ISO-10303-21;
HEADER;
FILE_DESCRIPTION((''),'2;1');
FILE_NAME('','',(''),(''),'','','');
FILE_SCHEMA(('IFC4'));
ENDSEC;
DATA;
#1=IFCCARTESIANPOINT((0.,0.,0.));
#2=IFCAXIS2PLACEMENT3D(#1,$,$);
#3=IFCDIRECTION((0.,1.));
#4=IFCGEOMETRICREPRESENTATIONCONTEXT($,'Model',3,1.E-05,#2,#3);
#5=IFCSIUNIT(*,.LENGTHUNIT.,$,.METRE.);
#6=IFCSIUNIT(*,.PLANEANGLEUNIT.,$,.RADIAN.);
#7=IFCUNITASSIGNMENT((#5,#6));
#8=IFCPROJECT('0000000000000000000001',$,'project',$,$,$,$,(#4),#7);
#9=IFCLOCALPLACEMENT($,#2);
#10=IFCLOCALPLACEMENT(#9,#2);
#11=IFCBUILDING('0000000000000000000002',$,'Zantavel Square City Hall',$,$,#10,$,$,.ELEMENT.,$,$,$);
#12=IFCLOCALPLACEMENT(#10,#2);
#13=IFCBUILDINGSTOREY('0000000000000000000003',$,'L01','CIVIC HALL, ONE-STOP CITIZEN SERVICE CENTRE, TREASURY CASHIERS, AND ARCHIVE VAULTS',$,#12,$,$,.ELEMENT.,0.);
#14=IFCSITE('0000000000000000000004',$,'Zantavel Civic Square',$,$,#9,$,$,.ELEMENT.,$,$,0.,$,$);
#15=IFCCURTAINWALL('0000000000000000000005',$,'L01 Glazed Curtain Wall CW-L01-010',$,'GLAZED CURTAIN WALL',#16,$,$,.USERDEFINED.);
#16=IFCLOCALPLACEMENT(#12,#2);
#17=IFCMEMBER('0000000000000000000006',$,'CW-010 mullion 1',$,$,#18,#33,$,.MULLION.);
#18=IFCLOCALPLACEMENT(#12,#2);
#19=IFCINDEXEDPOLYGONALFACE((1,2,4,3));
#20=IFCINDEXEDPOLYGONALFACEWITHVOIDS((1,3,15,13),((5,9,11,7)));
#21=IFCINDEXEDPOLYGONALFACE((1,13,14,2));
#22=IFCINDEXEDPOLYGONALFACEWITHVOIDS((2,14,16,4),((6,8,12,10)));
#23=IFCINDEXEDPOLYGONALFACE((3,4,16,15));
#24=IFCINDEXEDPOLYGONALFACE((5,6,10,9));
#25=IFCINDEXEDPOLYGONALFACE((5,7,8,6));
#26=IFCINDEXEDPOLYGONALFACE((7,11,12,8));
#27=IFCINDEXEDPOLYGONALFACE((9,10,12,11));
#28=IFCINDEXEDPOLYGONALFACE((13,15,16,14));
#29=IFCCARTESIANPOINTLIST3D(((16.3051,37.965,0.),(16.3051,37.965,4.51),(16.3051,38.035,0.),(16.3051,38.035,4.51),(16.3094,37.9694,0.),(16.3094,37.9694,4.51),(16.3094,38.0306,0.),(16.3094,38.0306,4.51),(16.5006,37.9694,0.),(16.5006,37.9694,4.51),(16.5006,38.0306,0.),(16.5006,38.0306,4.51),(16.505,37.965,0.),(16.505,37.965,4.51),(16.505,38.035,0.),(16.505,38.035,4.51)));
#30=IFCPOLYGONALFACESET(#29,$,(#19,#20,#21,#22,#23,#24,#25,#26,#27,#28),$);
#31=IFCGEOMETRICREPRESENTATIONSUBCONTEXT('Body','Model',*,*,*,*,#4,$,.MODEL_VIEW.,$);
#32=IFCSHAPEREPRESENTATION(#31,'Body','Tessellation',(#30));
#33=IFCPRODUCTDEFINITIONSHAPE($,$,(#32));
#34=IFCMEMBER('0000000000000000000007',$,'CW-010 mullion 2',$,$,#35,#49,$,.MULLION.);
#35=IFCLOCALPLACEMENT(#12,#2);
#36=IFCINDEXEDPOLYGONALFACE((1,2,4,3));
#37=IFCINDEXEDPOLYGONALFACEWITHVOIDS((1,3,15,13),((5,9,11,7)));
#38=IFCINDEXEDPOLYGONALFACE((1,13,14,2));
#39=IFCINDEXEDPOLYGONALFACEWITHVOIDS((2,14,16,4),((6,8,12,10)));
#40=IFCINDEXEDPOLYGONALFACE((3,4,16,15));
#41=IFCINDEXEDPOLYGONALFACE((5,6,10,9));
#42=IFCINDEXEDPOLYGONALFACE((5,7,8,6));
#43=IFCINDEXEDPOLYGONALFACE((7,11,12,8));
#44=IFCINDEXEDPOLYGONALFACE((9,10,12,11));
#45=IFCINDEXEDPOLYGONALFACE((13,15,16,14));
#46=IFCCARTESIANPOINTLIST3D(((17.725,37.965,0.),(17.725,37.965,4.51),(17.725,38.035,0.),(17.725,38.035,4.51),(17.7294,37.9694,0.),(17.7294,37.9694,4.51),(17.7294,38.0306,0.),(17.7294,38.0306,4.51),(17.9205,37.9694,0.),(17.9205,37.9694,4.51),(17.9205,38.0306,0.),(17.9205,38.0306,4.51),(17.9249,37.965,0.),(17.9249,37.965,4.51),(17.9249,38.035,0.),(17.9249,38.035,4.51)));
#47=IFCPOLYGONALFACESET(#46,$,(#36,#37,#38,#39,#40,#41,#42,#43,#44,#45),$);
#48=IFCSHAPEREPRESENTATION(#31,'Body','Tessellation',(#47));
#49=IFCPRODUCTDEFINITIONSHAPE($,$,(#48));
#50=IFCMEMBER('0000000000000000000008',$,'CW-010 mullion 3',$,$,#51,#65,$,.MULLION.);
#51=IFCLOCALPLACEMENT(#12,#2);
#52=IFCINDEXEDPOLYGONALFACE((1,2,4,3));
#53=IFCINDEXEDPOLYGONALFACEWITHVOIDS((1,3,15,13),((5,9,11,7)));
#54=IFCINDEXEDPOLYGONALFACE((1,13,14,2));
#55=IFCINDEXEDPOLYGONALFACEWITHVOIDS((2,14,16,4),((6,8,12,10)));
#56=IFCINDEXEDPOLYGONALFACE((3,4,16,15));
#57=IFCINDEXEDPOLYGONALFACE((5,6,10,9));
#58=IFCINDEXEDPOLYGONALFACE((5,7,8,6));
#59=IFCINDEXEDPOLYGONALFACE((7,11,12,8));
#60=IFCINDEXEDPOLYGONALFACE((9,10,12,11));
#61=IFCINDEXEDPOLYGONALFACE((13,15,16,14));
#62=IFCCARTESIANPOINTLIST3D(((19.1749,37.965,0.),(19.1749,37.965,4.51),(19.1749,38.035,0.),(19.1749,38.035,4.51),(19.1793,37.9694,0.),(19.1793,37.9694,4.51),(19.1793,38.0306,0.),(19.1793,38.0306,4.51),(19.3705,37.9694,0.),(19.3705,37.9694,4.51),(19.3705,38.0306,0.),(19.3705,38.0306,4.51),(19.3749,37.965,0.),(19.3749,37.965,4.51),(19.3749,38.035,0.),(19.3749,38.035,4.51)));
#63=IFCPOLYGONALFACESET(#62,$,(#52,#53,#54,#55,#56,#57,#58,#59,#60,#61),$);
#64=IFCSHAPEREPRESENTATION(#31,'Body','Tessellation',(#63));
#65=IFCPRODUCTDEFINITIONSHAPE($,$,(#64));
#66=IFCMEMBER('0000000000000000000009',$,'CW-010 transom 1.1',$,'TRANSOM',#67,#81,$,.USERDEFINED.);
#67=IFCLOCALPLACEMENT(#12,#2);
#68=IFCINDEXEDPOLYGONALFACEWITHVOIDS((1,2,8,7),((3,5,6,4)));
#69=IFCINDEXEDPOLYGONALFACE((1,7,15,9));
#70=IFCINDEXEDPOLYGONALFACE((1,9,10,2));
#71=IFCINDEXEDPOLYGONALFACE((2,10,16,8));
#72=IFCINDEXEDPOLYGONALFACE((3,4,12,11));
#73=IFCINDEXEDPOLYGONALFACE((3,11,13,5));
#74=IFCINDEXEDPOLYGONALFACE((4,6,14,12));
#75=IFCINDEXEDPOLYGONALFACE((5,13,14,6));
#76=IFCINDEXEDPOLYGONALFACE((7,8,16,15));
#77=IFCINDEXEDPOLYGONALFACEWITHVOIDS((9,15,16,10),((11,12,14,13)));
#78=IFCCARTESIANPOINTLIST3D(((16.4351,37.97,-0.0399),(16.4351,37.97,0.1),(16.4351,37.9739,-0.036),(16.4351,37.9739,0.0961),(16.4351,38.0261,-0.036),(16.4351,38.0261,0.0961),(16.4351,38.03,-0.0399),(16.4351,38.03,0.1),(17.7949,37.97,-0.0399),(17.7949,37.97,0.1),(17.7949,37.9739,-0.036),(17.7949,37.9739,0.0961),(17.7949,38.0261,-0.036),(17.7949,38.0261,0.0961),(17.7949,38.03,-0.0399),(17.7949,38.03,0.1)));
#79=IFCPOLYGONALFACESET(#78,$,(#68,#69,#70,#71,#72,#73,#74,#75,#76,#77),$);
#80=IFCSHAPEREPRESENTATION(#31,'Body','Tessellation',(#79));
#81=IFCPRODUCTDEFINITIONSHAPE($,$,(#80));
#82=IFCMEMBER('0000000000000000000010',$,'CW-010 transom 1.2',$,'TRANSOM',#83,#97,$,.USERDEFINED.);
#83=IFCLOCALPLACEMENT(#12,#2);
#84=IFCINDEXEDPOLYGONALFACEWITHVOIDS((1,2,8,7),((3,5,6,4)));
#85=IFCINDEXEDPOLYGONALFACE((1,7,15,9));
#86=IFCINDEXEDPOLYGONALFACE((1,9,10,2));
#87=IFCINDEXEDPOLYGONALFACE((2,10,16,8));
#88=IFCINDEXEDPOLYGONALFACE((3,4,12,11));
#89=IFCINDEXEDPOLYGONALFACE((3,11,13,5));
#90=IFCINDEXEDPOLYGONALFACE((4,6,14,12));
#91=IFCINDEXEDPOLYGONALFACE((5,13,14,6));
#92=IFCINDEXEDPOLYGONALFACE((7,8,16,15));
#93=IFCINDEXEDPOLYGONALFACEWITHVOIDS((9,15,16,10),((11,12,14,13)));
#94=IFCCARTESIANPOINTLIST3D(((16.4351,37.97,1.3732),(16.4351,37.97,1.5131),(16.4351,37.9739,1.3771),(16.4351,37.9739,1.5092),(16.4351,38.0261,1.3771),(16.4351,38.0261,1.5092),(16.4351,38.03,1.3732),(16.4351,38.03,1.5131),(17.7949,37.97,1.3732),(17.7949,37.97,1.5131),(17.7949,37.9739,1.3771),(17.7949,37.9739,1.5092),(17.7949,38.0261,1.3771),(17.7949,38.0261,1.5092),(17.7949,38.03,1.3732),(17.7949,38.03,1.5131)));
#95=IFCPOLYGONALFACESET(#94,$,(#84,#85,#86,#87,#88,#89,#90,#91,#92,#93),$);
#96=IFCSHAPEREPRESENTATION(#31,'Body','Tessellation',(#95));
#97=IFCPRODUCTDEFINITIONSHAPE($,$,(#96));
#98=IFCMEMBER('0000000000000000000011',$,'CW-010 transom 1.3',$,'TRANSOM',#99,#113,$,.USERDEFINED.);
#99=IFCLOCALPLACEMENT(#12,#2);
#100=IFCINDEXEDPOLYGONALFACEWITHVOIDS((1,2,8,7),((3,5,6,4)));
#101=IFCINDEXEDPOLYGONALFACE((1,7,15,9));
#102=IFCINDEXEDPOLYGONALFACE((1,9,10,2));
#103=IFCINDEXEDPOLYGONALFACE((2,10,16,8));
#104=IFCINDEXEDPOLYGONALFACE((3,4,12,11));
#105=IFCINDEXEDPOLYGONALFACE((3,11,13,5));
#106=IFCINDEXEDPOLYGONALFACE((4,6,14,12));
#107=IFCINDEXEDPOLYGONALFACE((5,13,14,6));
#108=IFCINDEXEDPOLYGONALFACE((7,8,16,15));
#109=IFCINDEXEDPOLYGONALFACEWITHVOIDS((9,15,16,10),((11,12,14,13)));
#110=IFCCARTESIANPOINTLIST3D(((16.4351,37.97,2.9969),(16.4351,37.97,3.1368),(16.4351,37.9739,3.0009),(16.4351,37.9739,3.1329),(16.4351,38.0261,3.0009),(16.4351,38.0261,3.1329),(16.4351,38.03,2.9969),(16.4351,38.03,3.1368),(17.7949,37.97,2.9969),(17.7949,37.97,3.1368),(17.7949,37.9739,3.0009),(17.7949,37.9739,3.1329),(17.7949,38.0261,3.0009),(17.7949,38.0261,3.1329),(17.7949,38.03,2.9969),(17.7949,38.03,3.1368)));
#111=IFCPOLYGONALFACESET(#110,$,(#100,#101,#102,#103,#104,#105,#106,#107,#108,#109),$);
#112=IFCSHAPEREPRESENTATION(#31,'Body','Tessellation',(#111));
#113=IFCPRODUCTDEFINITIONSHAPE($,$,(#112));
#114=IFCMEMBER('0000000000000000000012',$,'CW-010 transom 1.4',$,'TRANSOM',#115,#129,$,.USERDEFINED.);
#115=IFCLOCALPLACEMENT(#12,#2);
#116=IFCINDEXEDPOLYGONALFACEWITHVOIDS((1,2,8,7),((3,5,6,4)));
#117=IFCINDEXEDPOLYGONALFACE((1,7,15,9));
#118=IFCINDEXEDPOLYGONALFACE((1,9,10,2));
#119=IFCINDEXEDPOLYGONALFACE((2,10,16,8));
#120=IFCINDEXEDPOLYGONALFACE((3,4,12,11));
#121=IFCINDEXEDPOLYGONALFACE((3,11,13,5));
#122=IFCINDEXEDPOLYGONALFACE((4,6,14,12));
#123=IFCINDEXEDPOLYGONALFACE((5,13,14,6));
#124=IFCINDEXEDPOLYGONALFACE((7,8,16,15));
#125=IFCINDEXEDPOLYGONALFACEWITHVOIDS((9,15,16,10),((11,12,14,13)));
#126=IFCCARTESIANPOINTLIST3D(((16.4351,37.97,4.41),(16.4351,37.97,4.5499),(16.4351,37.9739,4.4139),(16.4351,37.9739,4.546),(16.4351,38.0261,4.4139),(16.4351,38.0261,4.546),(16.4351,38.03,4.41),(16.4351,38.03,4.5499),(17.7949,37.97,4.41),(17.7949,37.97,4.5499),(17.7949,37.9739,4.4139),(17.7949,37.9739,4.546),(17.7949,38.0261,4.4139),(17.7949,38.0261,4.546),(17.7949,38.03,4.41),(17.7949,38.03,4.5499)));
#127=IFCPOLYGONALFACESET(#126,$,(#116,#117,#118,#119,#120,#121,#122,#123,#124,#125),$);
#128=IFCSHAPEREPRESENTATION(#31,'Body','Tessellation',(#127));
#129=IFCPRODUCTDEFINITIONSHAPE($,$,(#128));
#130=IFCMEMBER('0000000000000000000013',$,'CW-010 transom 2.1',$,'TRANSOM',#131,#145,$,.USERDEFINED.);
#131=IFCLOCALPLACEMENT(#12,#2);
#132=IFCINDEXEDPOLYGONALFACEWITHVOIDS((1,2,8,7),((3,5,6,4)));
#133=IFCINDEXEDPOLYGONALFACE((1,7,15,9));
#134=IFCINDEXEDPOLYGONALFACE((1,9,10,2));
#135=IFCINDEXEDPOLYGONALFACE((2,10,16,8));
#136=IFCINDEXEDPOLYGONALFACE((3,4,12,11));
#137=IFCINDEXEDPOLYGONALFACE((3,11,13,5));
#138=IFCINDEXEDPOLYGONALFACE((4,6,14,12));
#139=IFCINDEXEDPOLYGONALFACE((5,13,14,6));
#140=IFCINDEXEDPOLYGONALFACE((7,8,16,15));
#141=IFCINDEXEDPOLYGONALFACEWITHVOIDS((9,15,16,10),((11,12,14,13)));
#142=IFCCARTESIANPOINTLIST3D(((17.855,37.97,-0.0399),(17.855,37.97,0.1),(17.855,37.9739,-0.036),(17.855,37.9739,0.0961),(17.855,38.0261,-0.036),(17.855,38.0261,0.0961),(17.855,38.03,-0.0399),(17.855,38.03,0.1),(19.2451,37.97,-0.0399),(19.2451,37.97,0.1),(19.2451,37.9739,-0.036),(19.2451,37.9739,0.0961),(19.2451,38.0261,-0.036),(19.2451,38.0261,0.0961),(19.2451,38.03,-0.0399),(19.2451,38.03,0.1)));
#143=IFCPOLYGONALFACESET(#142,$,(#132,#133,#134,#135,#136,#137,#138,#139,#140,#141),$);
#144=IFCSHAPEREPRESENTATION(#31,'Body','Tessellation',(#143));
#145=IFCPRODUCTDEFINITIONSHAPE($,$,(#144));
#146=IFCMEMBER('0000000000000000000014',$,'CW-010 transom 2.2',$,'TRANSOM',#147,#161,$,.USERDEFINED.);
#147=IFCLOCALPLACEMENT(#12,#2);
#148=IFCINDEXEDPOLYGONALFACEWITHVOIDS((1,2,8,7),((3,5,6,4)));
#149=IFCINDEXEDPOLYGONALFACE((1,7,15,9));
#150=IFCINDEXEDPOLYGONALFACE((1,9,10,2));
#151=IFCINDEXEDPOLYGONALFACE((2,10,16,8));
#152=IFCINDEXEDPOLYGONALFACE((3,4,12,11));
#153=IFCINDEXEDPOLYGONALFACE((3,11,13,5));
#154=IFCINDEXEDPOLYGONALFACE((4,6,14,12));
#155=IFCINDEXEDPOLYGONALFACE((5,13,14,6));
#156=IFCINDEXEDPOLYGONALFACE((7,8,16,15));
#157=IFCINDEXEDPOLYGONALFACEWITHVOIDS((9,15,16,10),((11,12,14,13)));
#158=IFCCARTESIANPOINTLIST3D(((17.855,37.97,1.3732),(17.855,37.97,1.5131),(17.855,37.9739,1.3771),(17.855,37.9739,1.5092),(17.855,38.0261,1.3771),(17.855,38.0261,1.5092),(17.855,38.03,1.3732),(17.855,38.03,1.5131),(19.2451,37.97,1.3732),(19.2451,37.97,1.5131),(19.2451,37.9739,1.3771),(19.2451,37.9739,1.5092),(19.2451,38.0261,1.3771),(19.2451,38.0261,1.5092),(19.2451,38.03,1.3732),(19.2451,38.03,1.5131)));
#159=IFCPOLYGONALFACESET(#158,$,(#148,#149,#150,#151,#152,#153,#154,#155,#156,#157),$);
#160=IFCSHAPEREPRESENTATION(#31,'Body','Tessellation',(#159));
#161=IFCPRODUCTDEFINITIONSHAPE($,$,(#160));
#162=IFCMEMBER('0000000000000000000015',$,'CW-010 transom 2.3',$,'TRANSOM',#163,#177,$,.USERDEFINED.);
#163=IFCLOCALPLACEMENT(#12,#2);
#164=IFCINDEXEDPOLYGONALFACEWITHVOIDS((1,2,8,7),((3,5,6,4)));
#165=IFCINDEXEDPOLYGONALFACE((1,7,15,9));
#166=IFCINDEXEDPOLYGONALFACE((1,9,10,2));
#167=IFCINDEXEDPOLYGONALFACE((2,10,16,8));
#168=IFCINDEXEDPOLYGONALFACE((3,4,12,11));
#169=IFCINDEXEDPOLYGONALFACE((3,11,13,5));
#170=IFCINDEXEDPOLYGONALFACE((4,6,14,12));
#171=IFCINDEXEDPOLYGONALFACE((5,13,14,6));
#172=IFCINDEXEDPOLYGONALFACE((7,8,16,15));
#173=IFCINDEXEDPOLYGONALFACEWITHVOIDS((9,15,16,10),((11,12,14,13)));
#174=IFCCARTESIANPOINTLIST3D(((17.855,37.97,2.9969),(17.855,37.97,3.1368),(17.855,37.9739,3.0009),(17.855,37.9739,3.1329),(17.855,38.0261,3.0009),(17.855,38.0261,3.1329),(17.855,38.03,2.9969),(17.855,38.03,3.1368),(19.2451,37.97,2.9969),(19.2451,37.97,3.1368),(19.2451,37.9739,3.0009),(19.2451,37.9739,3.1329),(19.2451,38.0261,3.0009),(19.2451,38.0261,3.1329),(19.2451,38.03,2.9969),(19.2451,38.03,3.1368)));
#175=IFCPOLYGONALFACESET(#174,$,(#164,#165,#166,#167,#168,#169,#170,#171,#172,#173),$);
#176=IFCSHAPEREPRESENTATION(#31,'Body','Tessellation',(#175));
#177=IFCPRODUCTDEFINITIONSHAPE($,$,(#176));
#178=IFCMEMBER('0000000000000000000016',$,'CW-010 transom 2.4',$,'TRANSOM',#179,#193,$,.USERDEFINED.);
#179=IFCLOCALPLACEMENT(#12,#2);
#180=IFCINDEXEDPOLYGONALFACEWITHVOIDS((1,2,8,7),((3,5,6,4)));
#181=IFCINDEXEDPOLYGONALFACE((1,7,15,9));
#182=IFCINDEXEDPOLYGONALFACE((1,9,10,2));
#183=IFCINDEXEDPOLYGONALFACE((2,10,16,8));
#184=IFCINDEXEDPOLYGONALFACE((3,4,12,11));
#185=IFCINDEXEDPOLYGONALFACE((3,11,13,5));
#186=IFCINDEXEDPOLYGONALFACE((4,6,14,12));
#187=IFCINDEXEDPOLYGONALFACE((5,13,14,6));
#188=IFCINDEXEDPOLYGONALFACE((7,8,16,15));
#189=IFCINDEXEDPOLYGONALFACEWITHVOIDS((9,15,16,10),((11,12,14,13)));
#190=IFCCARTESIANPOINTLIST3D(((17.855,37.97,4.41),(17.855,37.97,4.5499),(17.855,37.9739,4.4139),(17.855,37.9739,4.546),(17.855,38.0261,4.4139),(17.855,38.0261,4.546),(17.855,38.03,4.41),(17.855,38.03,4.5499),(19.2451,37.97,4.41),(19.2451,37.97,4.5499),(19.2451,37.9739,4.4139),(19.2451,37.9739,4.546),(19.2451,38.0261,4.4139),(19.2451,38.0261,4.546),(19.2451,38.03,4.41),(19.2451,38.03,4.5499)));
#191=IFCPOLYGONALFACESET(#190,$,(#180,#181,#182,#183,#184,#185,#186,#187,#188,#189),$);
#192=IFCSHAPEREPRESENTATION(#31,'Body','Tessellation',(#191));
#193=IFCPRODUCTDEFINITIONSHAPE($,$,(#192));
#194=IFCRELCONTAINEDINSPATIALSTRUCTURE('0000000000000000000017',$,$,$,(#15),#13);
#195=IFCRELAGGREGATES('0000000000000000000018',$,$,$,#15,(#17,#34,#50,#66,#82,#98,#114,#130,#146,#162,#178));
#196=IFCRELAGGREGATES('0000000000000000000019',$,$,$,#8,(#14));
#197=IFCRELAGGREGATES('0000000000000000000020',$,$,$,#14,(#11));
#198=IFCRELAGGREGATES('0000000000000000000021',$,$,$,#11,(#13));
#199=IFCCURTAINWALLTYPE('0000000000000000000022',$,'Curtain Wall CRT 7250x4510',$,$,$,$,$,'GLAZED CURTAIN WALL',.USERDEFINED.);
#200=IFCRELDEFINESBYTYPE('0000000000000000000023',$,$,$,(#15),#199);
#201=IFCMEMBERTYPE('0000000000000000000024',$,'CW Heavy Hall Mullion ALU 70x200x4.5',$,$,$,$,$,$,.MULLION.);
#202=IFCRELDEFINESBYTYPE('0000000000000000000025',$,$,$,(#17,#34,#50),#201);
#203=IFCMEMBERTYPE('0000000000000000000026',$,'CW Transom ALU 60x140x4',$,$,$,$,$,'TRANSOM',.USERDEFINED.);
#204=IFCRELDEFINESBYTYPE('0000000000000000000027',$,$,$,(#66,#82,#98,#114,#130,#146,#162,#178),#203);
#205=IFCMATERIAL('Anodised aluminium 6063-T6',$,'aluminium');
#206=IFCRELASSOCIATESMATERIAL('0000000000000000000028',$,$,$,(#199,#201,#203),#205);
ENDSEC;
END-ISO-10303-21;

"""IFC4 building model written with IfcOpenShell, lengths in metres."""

from ifc_helpers import new_model, si_unit, direction, frame, origin, origin_2d, place, context, subcontext, project, spatial, hollow_rectangle, extrude, material, material_profile, profile_set, type_object, element, aggregate, save


model = new_model("IFC4")

# Units and contexts
model_context = context("Model", 3, precision=1e-05, world=origin(), true_north=direction((0.0, 1.0)))
body_context = subcontext(model_context, "Body", "Model", "MODEL_VIEW")
ifc_project = project(units=[si_unit("LENGTHUNIT", "METRE"), si_unit("PLANEANGLEUNIT", "RADIAN")], contexts=[model_context])

# Site, building, storey
site_placement = place(None, origin())
site = spatial("IfcSite", under=ifc_project, at=site_placement, Name="Zantavel Civic Square", CompositionType="ELEMENT", RefElevation=0.0)
building_placement = place(site_placement, origin())
building = spatial("IfcBuilding", under=site, at=building_placement, Name="Zantavel Square City Hall", CompositionType="ELEMENT")
storey_placement = place(building_placement, origin())
storey = spatial("IfcBuildingStorey", under=building, at=storey_placement, Name="L01", Description="CIVIC HALL, ONE-STOP CITIZEN SERVICE CENTRE, TREASURY CASHIERS, AND ARCHIVE VAULTS", CompositionType="ELEMENT", Elevation=0.0)

# Curtain wall, members
ifc_material_1 = material(Name="Anodised aluminium 6063-T6", Category="aluminium")
curtain_wall_type = type_object("IfcCurtainWallType", Name="Curtain Wall CRT 7250x4510", ElementType="GLAZED CURTAIN WALL", PredefinedType="USERDEFINED", material=ifc_material_1)
curtain_wall_placement = place(storey_placement, origin())
curtain_wall = element("IfcCurtainWall", 1, at=curtain_wall_placement, inside=storey, type_object=curtain_wall_type, Name="L01 Glazed Curtain Wall CW-L01-010", ObjectType="GLAZED CURTAIN WALL", PredefinedType="USERDEFINED")
ifc_material_profile_1 = material_profile(ifc_material_1, hollow_rectangle(XDim=0.0701, YDim=0.2, WallThickness=0.0044, at=origin_2d()), Name="ALU 70x200x4.5")
ifc_profile_set_1 = profile_set([ifc_material_profile_1], Name="Anodised aluminium 6063-T6")
member_type_1 = type_object("IfcMemberType", Name="CW Heavy Hall Mullion ALU 70x200x4.5", PredefinedType="MULLION", material=ifc_profile_set_1)
member_1_placement = place(storey_placement, frame((16.405, 38.0, 0.0), z_axis=(0.0, 0.0, 1.0), x_axis=(0.0, 1.0, 0.0)))
member_1 = element("IfcMember", 2, at=member_1_placement, type_object=member_type_1, Name="CW-010 mullion 1", PredefinedType="MULLION", context=body_context, shape_type="SweptSolid", body=[
    extrude(hollow_rectangle(XDim=0.0701, YDim=0.2, WallThickness=0.0044, at=origin_2d()), origin(), (0.0, 0.0, 1.0), 4.51),
])
member_2_placement = place(storey_placement, frame((17.825, 38.0, 0.0), z_axis=(0.0, 0.0, 1.0), x_axis=(0.0, 1.0, 0.0)))
member_2 = element("IfcMember", 3, at=member_2_placement, type_object=member_type_1, Name="CW-010 mullion 2", PredefinedType="MULLION", context=body_context, shape_type="SweptSolid", body=[
    extrude(hollow_rectangle(XDim=0.0701, YDim=0.2, WallThickness=0.0044, at=origin_2d()), origin(), (0.0, 0.0, 1.0), 4.51),
])
member_3_placement = place(storey_placement, frame((19.2749, 38.0, 0.0), z_axis=(0.0, 0.0, 1.0), x_axis=(0.0, 1.0, 0.0)))
member_3 = element("IfcMember", 4, at=member_3_placement, type_object=member_type_1, Name="CW-010 mullion 3", PredefinedType="MULLION", context=body_context, shape_type="SweptSolid", body=[
    extrude(hollow_rectangle(XDim=0.0701, YDim=0.2, WallThickness=0.0044, at=origin_2d()), origin(), (0.0, 0.0, 1.0), 4.51),
])
ifc_material_profile_2 = material_profile(ifc_material_1, hollow_rectangle(XDim=0.0601, YDim=0.1399, WallThickness=0.0039, at=origin_2d()), Name="ALU 60x140x4")
ifc_profile_set_2 = profile_set([ifc_material_profile_2], Name="Anodised aluminium 6063-T6")
member_type_2 = type_object("IfcMemberType", Name="CW Transom ALU 60x140x4", ElementType="TRANSOM", PredefinedType="USERDEFINED", material=ifc_profile_set_2)
member_4_placement = place(storey_placement, frame((16.4351, 38.0, 0.03), z_axis=(1.0, 0.0, 0.0), x_axis=(0.0, 1.0, 0.0)))
member_4 = element("IfcMember", 5, at=member_4_placement, type_object=member_type_2, Name="CW-010 transom 1.1", ObjectType="TRANSOM", PredefinedType="USERDEFINED", context=body_context, shape_type="SweptSolid", body=[
    extrude(hollow_rectangle(XDim=0.0601, YDim=0.1399, WallThickness=0.0039, at=origin_2d()), origin(), (0.0, 0.0, 1.0), 1.3599),
])
member_5_placement = place(storey_placement, frame((16.4351, 38.0, 1.4431), z_axis=(1.0, 0.0, 0.0), x_axis=(0.0, 1.0, 0.0)))
member_5 = element("IfcMember", 6, at=member_5_placement, type_object=member_type_2, Name="CW-010 transom 1.2", ObjectType="TRANSOM", PredefinedType="USERDEFINED", context=body_context, shape_type="SweptSolid", body=[
    extrude(hollow_rectangle(XDim=0.0601, YDim=0.1399, WallThickness=0.0039, at=origin_2d()), origin(), (0.0, 0.0, 1.0), 1.3599),
])
member_6_placement = place(storey_placement, frame((16.4351, 38.0, 3.0669), z_axis=(1.0, 0.0, 0.0), x_axis=(0.0, 1.0, 0.0)))
member_6 = element("IfcMember", 7, at=member_6_placement, type_object=member_type_2, Name="CW-010 transom 1.3", ObjectType="TRANSOM", PredefinedType="USERDEFINED", context=body_context, shape_type="SweptSolid", body=[
    extrude(hollow_rectangle(XDim=0.0601, YDim=0.1399, WallThickness=0.0039, at=origin_2d()), origin(), (0.0, 0.0, 1.0), 1.3599),
])
member_7_placement = place(storey_placement, frame((16.4351, 38.0, 4.48), z_axis=(1.0, 0.0, 0.0), x_axis=(0.0, 1.0, 0.0)))
member_7 = element("IfcMember", 8, at=member_7_placement, type_object=member_type_2, Name="CW-010 transom 1.4", ObjectType="TRANSOM", PredefinedType="USERDEFINED", context=body_context, shape_type="SweptSolid", body=[
    extrude(hollow_rectangle(XDim=0.0601, YDim=0.1399, WallThickness=0.0039, at=origin_2d()), origin(), (0.0, 0.0, 1.0), 1.3599),
])
member_8_placement = place(storey_placement, frame((17.855, 38.0, 0.03), z_axis=(1.0, 0.0, 0.0), x_axis=(0.0, 1.0, 0.0)))
member_8 = element("IfcMember", 9, at=member_8_placement, type_object=member_type_2, Name="CW-010 transom 2.1", ObjectType="TRANSOM", PredefinedType="USERDEFINED", context=body_context, shape_type="SweptSolid", body=[
    extrude(hollow_rectangle(XDim=0.0601, YDim=0.1399, WallThickness=0.0039, at=origin_2d()), origin(), (0.0, 0.0, 1.0), 1.3901),
])
member_9_placement = place(storey_placement, frame((17.855, 38.0, 1.4431), z_axis=(1.0, 0.0, 0.0), x_axis=(0.0, 1.0, 0.0)))
member_9 = element("IfcMember", 10, at=member_9_placement, type_object=member_type_2, Name="CW-010 transom 2.2", ObjectType="TRANSOM", PredefinedType="USERDEFINED", context=body_context, shape_type="SweptSolid", body=[
    extrude(hollow_rectangle(XDim=0.0601, YDim=0.1399, WallThickness=0.0039, at=origin_2d()), origin(), (0.0, 0.0, 1.0), 1.3901),
])
member_10_placement = place(storey_placement, frame((17.855, 38.0, 3.0669), z_axis=(1.0, 0.0, 0.0), x_axis=(0.0, 1.0, 0.0)))
member_10 = element("IfcMember", 11, at=member_10_placement, type_object=member_type_2, Name="CW-010 transom 2.3", ObjectType="TRANSOM", PredefinedType="USERDEFINED", context=body_context, shape_type="SweptSolid", body=[
    extrude(hollow_rectangle(XDim=0.0601, YDim=0.1399, WallThickness=0.0039, at=origin_2d()), origin(), (0.0, 0.0, 1.0), 1.3901),
])
member_11_placement = place(storey_placement, frame((17.855, 38.0, 4.48), z_axis=(1.0, 0.0, 0.0), x_axis=(0.0, 1.0, 0.0)))
member_11 = element("IfcMember", 12, at=member_11_placement, type_object=member_type_2, Name="CW-010 transom 2.4", ObjectType="TRANSOM", PredefinedType="USERDEFINED", context=body_context, shape_type="SweptSolid", body=[
    extrude(hollow_rectangle(XDim=0.0601, YDim=0.1399, WallThickness=0.0039, at=origin_2d()), origin(), (0.0, 0.0, 1.0), 1.3901),
])

aggregate(curtain_wall, [member_1, member_2, member_3, member_4, member_5, member_6, member_7, member_8, member_9, member_10, member_11])

save(model, "model.ifc")
